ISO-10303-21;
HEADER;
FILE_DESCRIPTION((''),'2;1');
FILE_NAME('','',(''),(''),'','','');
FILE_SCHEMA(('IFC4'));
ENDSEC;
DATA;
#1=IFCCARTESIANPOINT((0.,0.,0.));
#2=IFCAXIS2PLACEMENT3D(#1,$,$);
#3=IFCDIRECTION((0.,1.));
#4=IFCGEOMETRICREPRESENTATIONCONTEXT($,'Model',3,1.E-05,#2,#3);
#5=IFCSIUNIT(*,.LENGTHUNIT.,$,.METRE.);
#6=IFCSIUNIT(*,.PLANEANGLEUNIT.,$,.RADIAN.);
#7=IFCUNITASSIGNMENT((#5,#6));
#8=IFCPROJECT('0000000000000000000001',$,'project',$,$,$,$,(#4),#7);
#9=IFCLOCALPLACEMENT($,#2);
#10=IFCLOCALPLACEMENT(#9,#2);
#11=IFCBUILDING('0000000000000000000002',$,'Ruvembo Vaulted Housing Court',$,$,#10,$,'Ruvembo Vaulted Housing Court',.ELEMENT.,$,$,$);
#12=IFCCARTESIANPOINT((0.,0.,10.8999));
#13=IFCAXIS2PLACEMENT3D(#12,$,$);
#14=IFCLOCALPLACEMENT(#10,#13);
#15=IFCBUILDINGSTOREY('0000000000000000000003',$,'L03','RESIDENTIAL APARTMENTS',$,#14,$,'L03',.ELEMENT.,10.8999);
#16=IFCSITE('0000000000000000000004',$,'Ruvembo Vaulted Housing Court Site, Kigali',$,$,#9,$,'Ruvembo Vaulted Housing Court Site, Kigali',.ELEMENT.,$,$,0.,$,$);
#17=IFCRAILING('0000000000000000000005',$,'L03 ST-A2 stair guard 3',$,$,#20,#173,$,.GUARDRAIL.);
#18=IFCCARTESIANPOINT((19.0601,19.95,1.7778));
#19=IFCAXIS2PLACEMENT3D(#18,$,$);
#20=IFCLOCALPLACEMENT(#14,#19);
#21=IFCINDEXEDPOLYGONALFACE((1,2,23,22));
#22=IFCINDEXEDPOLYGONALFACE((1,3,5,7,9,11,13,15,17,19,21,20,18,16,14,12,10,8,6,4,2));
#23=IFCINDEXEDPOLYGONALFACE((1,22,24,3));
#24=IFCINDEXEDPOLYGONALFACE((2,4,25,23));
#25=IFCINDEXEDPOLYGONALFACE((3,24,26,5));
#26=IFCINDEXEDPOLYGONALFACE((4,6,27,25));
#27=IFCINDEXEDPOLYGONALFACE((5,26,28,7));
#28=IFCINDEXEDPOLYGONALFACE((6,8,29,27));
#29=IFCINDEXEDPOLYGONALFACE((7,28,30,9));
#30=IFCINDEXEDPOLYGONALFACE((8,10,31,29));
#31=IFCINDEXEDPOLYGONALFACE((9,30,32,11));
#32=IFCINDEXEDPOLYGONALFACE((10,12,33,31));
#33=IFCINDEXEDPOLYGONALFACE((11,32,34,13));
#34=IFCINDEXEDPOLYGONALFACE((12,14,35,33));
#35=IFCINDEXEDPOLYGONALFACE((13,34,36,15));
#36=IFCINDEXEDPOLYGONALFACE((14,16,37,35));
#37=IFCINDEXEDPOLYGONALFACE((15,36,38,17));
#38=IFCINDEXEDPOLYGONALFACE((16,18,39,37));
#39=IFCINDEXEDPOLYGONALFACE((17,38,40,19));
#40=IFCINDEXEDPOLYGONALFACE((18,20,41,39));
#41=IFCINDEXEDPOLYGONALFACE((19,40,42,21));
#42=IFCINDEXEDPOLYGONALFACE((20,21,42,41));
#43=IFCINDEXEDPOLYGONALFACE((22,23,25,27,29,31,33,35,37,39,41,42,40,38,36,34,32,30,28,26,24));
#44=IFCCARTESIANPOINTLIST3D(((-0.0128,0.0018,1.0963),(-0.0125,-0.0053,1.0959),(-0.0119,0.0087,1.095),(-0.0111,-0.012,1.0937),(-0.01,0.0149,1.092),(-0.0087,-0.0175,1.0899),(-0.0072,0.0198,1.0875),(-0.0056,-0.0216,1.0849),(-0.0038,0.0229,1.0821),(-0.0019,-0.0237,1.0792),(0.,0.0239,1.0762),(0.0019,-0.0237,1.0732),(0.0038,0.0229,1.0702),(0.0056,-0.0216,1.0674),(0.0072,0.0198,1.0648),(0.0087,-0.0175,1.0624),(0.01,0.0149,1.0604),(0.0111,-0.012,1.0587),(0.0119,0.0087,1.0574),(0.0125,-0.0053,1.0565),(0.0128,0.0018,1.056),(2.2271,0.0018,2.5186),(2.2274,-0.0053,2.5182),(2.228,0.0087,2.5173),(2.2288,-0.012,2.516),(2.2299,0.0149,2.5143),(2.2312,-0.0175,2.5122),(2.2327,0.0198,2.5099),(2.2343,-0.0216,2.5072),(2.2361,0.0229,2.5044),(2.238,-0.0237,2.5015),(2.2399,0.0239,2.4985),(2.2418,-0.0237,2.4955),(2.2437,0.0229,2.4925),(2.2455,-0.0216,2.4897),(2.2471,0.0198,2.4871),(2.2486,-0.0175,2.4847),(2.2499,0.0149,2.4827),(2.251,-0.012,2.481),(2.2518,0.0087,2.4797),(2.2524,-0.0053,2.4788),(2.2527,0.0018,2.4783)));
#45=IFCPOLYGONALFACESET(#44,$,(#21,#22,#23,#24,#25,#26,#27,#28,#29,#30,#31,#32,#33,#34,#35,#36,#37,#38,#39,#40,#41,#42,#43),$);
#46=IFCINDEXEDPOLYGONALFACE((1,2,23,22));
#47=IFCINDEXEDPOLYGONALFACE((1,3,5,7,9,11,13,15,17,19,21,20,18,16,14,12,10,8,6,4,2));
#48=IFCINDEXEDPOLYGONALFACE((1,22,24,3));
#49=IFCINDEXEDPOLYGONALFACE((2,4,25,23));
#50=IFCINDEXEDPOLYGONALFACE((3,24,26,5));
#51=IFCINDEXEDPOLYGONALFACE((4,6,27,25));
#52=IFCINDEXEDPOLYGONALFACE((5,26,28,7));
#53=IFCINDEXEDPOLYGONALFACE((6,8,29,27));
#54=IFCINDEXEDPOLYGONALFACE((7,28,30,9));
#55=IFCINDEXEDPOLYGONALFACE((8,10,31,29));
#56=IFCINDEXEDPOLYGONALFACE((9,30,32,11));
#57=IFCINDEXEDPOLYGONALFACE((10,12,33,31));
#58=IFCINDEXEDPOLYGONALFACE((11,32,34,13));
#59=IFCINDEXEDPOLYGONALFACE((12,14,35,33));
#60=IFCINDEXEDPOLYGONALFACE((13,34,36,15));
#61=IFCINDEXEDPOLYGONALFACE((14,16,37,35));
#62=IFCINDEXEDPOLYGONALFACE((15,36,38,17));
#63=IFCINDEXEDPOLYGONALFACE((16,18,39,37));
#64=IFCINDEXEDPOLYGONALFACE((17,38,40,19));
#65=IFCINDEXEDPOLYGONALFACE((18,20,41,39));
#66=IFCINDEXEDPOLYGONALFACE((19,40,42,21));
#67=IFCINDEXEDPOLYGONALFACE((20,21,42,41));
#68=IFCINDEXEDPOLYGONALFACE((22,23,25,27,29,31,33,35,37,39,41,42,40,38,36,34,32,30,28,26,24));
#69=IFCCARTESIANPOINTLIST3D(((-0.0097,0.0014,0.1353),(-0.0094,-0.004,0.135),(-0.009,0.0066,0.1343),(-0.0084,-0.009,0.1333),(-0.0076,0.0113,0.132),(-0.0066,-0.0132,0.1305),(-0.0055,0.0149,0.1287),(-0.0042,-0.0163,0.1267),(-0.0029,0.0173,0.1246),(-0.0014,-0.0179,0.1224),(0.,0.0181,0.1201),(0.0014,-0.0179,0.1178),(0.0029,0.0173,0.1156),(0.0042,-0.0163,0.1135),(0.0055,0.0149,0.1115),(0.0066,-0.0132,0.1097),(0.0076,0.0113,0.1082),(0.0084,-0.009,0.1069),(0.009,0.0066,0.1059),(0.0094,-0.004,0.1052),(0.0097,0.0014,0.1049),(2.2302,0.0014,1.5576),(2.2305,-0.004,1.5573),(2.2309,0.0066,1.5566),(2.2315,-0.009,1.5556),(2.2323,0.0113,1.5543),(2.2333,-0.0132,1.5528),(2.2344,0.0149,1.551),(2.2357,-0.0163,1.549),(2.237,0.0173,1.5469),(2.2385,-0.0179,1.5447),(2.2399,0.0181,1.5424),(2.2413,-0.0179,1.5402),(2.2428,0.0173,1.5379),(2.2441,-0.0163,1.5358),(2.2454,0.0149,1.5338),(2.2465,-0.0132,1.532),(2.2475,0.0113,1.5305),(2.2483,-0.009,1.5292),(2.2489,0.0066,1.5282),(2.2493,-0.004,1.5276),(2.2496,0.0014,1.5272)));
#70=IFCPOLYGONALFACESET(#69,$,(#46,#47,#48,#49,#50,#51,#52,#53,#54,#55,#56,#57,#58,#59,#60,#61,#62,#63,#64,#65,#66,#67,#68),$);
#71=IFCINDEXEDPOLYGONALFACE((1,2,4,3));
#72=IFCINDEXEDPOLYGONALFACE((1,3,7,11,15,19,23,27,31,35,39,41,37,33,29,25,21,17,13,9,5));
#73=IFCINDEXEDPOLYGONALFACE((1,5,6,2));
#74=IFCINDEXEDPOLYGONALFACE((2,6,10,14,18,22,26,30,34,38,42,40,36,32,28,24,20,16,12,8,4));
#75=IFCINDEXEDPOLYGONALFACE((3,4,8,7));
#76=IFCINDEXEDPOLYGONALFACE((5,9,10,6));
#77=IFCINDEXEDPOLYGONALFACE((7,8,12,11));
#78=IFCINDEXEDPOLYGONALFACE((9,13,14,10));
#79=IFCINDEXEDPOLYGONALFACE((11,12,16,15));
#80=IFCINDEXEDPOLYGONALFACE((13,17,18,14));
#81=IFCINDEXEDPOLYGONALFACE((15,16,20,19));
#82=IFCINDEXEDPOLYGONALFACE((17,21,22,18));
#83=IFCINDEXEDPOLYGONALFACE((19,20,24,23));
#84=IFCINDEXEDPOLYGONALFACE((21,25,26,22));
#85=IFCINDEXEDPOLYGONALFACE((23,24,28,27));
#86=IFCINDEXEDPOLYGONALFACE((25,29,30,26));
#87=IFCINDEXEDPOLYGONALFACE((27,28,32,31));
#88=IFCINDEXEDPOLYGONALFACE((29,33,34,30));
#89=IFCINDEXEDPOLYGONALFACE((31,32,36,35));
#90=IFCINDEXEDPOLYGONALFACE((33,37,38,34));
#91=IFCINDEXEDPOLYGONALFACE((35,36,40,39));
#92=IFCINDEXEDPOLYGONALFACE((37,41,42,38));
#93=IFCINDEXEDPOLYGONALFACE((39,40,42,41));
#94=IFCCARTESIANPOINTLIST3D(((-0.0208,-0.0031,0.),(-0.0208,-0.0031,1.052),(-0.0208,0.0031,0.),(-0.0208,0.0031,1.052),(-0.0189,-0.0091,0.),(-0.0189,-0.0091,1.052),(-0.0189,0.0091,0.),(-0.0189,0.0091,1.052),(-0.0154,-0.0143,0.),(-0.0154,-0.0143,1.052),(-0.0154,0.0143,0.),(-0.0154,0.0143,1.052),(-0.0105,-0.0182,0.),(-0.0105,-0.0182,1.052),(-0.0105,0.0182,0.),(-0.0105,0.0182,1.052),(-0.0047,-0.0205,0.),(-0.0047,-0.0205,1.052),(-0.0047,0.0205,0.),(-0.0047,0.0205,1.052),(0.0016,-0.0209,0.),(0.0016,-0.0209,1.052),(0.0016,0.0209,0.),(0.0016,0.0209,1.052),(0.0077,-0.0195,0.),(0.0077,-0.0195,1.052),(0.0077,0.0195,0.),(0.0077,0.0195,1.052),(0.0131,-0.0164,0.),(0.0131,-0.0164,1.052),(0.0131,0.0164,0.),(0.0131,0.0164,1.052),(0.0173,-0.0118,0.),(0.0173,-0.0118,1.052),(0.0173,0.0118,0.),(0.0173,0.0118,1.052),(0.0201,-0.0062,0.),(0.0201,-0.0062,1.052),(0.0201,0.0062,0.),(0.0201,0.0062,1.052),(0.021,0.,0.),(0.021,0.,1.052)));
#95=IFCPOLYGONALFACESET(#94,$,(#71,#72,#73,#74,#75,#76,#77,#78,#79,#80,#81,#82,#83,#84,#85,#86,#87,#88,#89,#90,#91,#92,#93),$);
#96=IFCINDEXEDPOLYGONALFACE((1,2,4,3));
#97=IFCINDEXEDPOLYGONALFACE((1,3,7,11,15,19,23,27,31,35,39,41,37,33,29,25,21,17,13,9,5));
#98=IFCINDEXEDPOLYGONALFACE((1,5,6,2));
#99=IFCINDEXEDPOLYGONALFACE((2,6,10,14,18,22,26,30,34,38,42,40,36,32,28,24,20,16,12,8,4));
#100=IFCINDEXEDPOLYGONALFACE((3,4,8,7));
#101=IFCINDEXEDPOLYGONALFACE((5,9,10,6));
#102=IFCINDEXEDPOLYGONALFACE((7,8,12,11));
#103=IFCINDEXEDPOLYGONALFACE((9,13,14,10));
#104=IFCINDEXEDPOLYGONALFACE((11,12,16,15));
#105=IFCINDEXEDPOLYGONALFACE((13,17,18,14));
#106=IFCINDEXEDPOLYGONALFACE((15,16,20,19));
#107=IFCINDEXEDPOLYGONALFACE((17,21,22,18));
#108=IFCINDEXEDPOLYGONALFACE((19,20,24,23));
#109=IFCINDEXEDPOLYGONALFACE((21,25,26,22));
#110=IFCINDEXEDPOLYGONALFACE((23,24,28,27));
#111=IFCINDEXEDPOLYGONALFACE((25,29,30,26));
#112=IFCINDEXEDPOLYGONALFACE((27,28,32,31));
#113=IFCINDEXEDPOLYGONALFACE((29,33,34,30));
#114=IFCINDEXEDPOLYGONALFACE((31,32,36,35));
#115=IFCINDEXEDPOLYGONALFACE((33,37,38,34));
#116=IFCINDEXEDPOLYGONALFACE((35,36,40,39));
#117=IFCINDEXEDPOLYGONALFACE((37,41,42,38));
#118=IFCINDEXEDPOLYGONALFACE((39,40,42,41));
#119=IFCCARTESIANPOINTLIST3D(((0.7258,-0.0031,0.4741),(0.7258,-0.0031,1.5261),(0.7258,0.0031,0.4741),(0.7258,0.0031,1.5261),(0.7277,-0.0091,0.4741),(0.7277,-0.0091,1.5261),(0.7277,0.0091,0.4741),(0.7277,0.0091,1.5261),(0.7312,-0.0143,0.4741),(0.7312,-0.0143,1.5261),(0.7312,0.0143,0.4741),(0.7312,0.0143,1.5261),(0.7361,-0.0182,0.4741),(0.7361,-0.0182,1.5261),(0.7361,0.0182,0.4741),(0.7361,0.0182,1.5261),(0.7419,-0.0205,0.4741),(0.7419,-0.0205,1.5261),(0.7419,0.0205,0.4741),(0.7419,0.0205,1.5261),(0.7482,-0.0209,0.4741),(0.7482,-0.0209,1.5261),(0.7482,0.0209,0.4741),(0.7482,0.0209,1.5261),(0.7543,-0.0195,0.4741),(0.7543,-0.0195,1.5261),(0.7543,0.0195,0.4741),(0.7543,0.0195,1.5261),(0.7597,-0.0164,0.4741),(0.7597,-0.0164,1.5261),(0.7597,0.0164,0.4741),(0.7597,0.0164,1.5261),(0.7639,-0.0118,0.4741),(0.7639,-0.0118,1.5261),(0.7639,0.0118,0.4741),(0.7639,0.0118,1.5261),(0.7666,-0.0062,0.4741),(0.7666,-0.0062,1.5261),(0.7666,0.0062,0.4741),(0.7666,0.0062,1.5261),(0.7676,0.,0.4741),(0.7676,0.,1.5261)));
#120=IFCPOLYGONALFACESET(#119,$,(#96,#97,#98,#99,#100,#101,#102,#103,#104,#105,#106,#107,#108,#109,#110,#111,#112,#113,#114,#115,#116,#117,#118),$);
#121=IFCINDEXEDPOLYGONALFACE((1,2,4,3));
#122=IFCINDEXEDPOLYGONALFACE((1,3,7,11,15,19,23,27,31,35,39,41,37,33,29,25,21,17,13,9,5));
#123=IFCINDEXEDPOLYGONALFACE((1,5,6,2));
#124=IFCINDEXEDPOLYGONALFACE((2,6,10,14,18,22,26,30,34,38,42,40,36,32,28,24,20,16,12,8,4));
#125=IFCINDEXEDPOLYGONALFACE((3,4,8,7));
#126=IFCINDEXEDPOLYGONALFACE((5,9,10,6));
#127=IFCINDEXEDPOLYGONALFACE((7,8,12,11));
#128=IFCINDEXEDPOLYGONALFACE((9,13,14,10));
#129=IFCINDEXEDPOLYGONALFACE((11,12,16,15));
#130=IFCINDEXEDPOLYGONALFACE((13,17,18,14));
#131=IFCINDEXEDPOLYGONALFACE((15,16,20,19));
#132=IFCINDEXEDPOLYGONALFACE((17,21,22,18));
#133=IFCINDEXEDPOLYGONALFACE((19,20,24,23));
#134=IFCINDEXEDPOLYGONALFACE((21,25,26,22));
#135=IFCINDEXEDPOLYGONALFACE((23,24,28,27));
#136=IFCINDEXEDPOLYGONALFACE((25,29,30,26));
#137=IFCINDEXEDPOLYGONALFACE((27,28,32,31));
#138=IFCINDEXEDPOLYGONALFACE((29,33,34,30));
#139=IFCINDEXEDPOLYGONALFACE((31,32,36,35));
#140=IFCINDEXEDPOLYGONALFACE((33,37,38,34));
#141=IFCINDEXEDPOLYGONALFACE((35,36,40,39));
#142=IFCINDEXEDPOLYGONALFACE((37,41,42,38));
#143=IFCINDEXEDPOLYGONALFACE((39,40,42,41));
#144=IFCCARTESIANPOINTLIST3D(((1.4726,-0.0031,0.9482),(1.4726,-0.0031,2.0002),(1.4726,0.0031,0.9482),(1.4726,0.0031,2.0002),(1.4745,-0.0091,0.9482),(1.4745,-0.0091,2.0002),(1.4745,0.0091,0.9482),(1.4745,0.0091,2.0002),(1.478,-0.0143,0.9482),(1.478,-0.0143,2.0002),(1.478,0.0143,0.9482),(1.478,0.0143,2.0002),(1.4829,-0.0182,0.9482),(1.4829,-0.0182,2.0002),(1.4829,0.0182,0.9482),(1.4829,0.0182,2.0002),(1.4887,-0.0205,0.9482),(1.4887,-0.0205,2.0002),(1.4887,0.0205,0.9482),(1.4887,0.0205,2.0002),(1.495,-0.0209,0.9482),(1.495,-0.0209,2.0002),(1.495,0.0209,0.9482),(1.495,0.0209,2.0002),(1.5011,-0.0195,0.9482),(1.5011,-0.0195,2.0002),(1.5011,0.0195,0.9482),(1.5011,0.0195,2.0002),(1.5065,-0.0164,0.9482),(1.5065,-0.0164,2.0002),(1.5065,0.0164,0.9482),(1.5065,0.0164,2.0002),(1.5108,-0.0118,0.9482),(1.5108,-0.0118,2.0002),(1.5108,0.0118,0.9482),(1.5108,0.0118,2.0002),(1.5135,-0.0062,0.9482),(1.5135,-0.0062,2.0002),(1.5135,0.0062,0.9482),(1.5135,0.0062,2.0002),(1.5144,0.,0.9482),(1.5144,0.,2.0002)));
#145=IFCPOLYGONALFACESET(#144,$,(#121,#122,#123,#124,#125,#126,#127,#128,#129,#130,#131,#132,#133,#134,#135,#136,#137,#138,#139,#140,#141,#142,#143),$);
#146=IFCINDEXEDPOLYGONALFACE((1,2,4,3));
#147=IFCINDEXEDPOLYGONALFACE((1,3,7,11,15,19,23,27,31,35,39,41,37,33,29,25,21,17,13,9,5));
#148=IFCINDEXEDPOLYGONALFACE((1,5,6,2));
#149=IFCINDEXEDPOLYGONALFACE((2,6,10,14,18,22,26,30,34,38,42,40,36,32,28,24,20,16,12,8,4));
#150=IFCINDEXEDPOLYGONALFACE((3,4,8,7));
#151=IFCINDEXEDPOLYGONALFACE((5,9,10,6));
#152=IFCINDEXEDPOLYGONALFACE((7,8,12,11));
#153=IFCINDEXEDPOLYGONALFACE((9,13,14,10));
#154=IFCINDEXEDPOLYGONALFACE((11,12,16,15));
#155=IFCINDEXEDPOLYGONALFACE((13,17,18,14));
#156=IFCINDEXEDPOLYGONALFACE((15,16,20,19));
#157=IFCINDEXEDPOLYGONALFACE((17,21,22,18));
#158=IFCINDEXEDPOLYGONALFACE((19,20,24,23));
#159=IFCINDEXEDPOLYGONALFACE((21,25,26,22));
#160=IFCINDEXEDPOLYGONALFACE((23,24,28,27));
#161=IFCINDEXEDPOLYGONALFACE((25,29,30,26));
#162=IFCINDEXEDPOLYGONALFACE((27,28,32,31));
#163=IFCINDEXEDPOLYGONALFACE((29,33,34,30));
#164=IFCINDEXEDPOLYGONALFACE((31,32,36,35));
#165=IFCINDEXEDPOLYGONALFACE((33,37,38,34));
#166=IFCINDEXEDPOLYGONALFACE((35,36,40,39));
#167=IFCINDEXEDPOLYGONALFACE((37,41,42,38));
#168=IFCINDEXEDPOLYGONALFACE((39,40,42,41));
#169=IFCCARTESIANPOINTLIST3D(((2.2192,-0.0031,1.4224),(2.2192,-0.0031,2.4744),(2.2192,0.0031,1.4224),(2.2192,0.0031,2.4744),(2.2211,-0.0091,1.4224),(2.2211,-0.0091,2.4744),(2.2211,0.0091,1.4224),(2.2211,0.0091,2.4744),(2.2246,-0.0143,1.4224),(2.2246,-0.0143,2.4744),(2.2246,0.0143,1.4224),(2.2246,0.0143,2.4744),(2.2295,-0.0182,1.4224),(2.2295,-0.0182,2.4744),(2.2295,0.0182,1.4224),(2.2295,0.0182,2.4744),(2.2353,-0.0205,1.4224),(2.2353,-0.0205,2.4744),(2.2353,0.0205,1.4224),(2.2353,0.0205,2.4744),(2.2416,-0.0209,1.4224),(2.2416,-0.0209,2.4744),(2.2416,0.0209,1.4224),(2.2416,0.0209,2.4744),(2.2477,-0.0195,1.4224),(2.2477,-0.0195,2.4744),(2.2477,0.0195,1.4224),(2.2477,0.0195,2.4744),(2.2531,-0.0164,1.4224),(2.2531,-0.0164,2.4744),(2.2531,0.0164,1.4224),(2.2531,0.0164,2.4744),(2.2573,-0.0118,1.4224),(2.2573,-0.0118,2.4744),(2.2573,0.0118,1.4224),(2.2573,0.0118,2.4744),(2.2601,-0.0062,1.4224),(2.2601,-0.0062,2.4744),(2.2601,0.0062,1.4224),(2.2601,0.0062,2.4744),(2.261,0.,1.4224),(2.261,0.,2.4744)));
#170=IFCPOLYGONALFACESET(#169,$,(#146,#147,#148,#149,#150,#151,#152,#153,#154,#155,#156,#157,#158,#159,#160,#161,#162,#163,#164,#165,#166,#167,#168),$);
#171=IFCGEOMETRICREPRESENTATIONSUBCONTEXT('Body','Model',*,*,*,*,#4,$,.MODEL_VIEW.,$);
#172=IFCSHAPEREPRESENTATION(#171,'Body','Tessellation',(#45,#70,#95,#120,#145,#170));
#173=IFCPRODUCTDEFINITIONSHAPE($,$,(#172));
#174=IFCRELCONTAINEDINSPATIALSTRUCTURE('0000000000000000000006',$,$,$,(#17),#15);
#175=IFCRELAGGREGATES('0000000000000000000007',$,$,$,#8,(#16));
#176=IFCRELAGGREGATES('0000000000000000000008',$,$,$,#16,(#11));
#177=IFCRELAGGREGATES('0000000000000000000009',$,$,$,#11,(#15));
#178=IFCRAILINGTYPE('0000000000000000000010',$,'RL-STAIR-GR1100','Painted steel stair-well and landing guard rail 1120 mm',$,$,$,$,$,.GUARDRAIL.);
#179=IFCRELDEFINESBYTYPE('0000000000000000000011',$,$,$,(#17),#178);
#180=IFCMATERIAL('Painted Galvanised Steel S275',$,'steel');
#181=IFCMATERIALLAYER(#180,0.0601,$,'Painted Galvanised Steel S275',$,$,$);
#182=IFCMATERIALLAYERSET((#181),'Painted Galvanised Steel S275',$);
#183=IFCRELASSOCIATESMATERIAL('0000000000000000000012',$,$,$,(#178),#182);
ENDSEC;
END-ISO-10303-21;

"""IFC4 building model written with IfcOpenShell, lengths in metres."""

from ifc_helpers import new_model, si_unit, direction, frame, origin, origin_2d, place, context, subcontext, project, spatial, circle, extrude, material, layer, layer_set, type_object, element, save


model = new_model("IFC4")

# Units and contexts
model_context = context("Model", 3, precision=1e-05, world=origin(), true_north=direction((0.0, 1.0)))
body_context = subcontext(model_context, "Body", "Model", "MODEL_VIEW")
ifc_project = project(units=[si_unit("LENGTHUNIT", "METRE"), si_unit("PLANEANGLEUNIT", "RADIAN")], contexts=[model_context])

# Site, building, storey
site_placement = place(None, origin())
site = spatial("IfcSite", under=ifc_project, at=site_placement, Name="Ruvembo Vaulted Housing Court Site, Kigali", LongName="Ruvembo Vaulted Housing Court Site, Kigali", CompositionType="ELEMENT", RefElevation=0.0)
building_placement = place(site_placement, origin())
building = spatial("IfcBuilding", under=site, at=building_placement, Name="Ruvembo Vaulted Housing Court", LongName="Ruvembo Vaulted Housing Court", CompositionType="ELEMENT")
storey_placement = place(building_placement, frame((0.0, 0.0, 10.8999)))
storey = spatial("IfcBuildingStorey", under=building, at=storey_placement, Name="L03", Description="RESIDENTIAL APARTMENTS", LongName="L03", CompositionType="ELEMENT", Elevation=10.8999)

# Railing
ifc_material_1 = material(Name="Painted Galvanised Steel S275", Category="steel")
ifc_layer_1 = layer(ifc_material_1, 0.0601, Name="Painted Galvanised Steel S275")
ifc_layer_set_1 = layer_set([ifc_layer_1], Name="Painted Galvanised Steel S275")
railing_type_1 = type_object("IfcRailingType", Name="RL-STAIR-GR1100", Description="Painted steel stair-well and landing guard rail 1120 mm", PredefinedType="GUARDRAIL", material=ifc_layer_set_1)
railing_1_placement = place(storey_placement, frame((19.0601, 19.95, 1.7778)))
element("IfcRailing", 1, at=railing_1_placement, inside=storey, type_object=railing_type_1, Name="L03 ST-A2 stair guard 3", PredefinedType="GUARDRAIL", context=body_context, shape_type="SweptSolid", body=[
    extrude(circle(Radius=0.0239, at=origin_2d()), frame((0.0, 0.0, 1.0762), z_axis=(0.844188, 0.0, 0.536048), x_axis=(0.0, 1.0, 0.0)), (0.0, 0.0, 1.0), 2.6533),
    extrude(circle(Radius=0.0181, at=origin_2d()), frame((0.0, 0.0, 0.1201), z_axis=(0.844188, 0.0, 0.536048), x_axis=(0.0, 1.0, 0.0)), (0.0, 0.0, 1.0), 2.6533),
    extrude(circle(Radius=0.021, at=origin_2d()), origin(), (0.0, 0.0, 1.0), 1.052),
    extrude(circle(Radius=0.021, at=origin_2d()), frame((0.7466, 0.0, 0.4741)), (0.0, 0.0, 1.0), 1.052),
    extrude(circle(Radius=0.021, at=origin_2d()), frame((1.4934, 0.0, 0.9482)), (0.0, 0.0, 1.0), 1.052),
    extrude(circle(Radius=0.021, at=origin_2d()), frame((2.24, 0.0, 1.4224)), (0.0, 0.0, 1.0), 1.052),
])

save(model, "model.ifc")
